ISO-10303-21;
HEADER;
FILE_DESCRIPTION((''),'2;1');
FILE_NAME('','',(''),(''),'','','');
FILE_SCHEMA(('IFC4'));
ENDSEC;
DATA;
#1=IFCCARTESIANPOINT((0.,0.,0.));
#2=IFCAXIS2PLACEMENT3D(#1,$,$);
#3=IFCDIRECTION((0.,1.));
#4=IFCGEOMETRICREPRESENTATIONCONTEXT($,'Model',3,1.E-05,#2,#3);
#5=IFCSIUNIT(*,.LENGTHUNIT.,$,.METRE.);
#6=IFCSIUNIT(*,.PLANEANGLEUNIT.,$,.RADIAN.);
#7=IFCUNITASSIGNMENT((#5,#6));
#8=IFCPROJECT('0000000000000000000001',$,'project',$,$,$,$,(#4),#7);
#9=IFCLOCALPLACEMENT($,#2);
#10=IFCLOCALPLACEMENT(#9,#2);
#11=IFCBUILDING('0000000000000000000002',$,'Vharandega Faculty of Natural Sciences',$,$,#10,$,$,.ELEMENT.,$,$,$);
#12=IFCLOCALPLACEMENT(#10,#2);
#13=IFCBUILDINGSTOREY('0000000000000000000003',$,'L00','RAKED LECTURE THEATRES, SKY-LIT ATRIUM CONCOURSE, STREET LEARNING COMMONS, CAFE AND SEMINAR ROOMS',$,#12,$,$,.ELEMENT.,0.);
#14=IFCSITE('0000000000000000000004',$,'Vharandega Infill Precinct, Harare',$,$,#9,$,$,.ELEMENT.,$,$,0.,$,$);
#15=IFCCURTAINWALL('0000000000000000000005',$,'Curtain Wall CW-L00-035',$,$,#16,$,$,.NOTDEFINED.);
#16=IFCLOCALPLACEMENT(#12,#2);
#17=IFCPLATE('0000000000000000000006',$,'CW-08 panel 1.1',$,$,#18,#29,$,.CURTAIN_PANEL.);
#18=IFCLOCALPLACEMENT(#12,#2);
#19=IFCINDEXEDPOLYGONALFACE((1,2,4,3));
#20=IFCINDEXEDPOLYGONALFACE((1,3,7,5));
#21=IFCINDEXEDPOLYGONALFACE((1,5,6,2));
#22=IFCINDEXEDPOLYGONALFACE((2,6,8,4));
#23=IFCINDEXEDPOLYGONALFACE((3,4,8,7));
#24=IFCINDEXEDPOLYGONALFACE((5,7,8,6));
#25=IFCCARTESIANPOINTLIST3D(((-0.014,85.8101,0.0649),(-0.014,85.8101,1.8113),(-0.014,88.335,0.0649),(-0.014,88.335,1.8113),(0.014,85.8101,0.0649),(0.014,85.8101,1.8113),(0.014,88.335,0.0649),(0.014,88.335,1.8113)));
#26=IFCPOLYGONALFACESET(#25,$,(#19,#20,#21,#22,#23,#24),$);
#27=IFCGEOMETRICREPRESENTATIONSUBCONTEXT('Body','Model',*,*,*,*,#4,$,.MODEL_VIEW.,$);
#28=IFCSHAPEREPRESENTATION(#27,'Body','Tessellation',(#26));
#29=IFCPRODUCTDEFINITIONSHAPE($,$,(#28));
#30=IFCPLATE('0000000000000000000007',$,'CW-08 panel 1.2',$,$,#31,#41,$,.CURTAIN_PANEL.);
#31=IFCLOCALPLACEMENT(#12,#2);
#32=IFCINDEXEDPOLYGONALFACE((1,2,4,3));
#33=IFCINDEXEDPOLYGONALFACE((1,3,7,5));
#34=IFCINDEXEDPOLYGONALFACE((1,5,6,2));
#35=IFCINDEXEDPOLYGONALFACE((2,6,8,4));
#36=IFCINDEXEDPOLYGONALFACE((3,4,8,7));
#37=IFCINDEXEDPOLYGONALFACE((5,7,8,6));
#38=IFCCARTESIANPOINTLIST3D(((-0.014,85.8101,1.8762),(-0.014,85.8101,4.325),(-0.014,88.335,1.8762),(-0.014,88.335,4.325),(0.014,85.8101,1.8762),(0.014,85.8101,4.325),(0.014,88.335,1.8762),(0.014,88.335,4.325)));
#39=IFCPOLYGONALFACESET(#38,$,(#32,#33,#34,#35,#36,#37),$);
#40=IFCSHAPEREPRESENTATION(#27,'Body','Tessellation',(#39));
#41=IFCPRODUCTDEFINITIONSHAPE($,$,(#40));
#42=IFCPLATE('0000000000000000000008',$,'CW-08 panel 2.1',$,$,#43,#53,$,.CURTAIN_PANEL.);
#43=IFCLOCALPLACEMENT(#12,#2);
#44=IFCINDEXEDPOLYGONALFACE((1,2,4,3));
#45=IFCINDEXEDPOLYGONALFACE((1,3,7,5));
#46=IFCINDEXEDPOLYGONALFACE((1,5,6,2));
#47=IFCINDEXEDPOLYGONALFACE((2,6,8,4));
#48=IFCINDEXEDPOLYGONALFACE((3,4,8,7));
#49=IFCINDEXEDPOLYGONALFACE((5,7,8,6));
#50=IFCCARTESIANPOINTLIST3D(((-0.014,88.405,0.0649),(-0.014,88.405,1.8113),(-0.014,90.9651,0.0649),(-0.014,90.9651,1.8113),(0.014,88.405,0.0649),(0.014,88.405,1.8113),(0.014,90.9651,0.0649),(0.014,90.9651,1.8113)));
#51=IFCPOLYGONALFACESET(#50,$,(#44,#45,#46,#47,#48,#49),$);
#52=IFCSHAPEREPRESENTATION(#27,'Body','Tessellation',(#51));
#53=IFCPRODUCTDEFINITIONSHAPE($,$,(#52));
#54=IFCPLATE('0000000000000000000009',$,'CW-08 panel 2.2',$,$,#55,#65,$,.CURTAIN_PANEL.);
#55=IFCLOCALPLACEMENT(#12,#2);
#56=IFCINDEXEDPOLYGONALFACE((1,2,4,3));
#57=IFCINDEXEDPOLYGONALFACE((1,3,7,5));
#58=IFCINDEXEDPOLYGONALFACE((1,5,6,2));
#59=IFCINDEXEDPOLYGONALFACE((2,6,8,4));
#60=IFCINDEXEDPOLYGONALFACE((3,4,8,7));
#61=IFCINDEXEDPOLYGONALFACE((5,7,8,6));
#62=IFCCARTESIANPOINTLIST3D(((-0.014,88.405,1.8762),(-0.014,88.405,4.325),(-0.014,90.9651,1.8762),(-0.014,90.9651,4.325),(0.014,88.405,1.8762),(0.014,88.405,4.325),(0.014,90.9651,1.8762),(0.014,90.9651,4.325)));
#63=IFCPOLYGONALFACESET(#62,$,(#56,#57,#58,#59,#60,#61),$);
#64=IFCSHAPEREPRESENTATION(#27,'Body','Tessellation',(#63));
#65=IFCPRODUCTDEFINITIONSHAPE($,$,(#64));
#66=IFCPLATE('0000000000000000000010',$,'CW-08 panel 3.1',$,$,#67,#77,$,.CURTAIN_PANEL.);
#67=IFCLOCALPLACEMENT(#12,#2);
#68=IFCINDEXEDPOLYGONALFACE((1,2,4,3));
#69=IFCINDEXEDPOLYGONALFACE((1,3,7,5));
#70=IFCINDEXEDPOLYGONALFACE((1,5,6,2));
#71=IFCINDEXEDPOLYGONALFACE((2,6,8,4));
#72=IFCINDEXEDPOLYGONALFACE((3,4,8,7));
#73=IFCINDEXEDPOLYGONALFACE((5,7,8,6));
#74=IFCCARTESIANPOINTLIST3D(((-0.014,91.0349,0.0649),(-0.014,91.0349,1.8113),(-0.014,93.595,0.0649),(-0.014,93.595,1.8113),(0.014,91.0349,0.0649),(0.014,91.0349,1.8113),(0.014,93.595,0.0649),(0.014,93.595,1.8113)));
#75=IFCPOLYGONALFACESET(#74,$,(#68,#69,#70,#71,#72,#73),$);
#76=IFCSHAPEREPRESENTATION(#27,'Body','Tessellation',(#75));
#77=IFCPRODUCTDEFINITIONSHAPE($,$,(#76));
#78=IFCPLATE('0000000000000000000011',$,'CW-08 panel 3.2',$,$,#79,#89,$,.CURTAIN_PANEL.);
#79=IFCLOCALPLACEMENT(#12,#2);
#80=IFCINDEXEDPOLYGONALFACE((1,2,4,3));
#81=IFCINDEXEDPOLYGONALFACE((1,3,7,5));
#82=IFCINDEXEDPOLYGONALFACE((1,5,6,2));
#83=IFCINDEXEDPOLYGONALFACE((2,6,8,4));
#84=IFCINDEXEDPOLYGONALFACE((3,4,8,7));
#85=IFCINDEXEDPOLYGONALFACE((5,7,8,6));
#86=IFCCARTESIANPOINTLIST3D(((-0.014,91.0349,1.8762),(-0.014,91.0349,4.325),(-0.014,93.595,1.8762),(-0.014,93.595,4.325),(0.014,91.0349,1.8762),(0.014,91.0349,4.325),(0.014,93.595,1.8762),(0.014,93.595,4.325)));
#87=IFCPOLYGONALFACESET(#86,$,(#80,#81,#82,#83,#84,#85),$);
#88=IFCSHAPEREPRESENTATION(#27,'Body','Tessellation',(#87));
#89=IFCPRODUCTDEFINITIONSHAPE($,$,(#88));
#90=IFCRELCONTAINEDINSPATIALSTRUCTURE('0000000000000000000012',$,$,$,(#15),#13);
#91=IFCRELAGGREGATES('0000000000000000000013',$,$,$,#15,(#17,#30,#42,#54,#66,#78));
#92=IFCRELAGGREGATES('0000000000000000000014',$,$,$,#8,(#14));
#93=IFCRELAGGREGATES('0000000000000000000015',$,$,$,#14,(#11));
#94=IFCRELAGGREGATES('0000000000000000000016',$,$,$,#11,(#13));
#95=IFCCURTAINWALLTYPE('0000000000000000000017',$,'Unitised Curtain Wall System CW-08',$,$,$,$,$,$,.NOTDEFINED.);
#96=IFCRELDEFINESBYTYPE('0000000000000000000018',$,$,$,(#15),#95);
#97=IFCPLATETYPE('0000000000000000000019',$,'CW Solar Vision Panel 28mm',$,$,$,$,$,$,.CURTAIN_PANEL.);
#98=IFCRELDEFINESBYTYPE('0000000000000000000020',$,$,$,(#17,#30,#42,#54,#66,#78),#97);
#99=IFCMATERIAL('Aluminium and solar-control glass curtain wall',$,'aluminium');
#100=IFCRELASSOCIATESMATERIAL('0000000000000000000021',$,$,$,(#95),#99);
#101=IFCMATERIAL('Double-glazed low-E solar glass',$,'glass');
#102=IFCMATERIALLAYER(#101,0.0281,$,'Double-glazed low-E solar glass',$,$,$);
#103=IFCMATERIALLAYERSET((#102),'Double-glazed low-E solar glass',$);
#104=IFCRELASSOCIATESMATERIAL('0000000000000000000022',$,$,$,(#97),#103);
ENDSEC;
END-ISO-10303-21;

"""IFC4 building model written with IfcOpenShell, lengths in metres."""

from ifc_helpers import new_model, si_unit, direction, frame, origin, origin_2d, place, context, subcontext, project, spatial, rectangle, extrude, material, layer, layer_set, type_object, element, aggregate, save


model = new_model("IFC4")

# Units and contexts
model_context = context("Model", 3, precision=1e-05, world=origin(), true_north=direction((0.0, 1.0)))
body_context = subcontext(model_context, "Body", "Model", "MODEL_VIEW")
ifc_project = project(units=[si_unit("LENGTHUNIT", "METRE"), si_unit("PLANEANGLEUNIT", "RADIAN")], contexts=[model_context])

# Site, building, storey
site_placement = place(None, origin())
site = spatial("IfcSite", under=ifc_project, at=site_placement, Name="Vharandega Infill Precinct, Harare", CompositionType="ELEMENT", RefElevation=0.0)
building_placement = place(site_placement, origin())
building = spatial("IfcBuilding", under=site, at=building_placement, Name="Vharandega Faculty of Natural Sciences", CompositionType="ELEMENT")
storey_placement = place(building_placement, origin())
storey = spatial("IfcBuildingStorey", under=building, at=storey_placement, Name="L00", Description="RAKED LECTURE THEATRES, SKY-LIT ATRIUM CONCOURSE, STREET LEARNING COMMONS, CAFE AND SEMINAR ROOMS", CompositionType="ELEMENT", Elevation=0.0)

# Curtain wall, plates
ifc_material_1 = material(Name="Aluminium and solar-control glass curtain wall", Category="aluminium")
curtain_wall_type = type_object("IfcCurtainWallType", Name="Unitised Curtain Wall System CW-08", PredefinedType="NOTDEFINED", material=ifc_material_1)
curtain_wall_placement = place(storey_placement, origin())
curtain_wall = element("IfcCurtainWall", 1, at=curtain_wall_placement, inside=storey, type_object=curtain_wall_type, Name="Curtain Wall CW-L00-035", PredefinedType="NOTDEFINED")
ifc_material_2 = material(Name="Double-glazed low-E solar glass", Category="glass")
ifc_layer = layer(ifc_material_2, 0.0281, Name="Double-glazed low-E solar glass")
ifc_layer_set = layer_set([ifc_layer], Name="Double-glazed low-E solar glass")
plate_type = type_object("IfcPlateType", Name="CW Solar Vision Panel 28mm", PredefinedType="CURTAIN_PANEL", material=ifc_layer_set)
plate_1_placement = place(storey_placement, frame((0.0, 87.0725, 0.0649), z_axis=(0.0, 0.0, 1.0), x_axis=(0.0, 1.0, 0.0)))
plate_1 = element("IfcPlate", 2, at=plate_1_placement, type_object=plate_type, Name="CW-08 panel 1.1", PredefinedType="CURTAIN_PANEL", context=body_context, shape_type="SweptSolid", body=[
    extrude(rectangle(XDim=2.5249, YDim=0.0281, at=origin_2d()), origin(), (0.0, 0.0, 1.0), 1.7463),
])
plate_2_placement = place(storey_placement, frame((0.0, 87.0725, 1.8762), z_axis=(0.0, 0.0, 1.0), x_axis=(0.0, 1.0, 0.0)))
plate_2 = element("IfcPlate", 3, at=plate_2_placement, type_object=plate_type, Name="CW-08 panel 1.2", PredefinedType="CURTAIN_PANEL", context=body_context, shape_type="SweptSolid", body=[
    extrude(rectangle(XDim=2.5249, YDim=0.0281, at=origin_2d()), origin(), (0.0, 0.0, 1.0), 2.4487),
])
plate_3_placement = place(storey_placement, frame((0.0, 89.6851, 0.0649), z_axis=(0.0, 0.0, 1.0), x_axis=(0.0, 1.0, 0.0)))
plate_3 = element("IfcPlate", 4, at=plate_3_placement, type_object=plate_type, Name="CW-08 panel 2.1", PredefinedType="CURTAIN_PANEL", context=body_context, shape_type="SweptSolid", body=[
    extrude(rectangle(XDim=2.5601, YDim=0.0281, at=origin_2d()), origin(), (0.0, 0.0, 1.0), 1.7463),
])
plate_4_placement = place(storey_placement, frame((0.0, 89.6851, 1.8762), z_axis=(0.0, 0.0, 1.0), x_axis=(0.0, 1.0, 0.0)))
plate_4 = element("IfcPlate", 5, at=plate_4_placement, type_object=plate_type, Name="CW-08 panel 2.2", PredefinedType="CURTAIN_PANEL", context=body_context, shape_type="SweptSolid", body=[
    extrude(rectangle(XDim=2.5601, YDim=0.0281, at=origin_2d()), origin(), (0.0, 0.0, 1.0), 2.4487),
])
plate_5_placement = place(storey_placement, frame((0.0, 92.3149, 0.0649), z_axis=(0.0, 0.0, 1.0), x_axis=(0.0, 1.0, 0.0)))
plate_5 = element("IfcPlate", 6, at=plate_5_placement, type_object=plate_type, Name="CW-08 panel 3.1", PredefinedType="CURTAIN_PANEL", context=body_context, shape_type="SweptSolid", body=[
    extrude(rectangle(XDim=2.5601, YDim=0.0281, at=origin_2d()), origin(), (0.0, 0.0, 1.0), 1.7463),
])
plate_6_placement = place(storey_placement, frame((0.0, 92.3149, 1.8762), z_axis=(0.0, 0.0, 1.0), x_axis=(0.0, 1.0, 0.0)))
plate_6 = element("IfcPlate", 7, at=plate_6_placement, type_object=plate_type, Name="CW-08 panel 3.2", PredefinedType="CURTAIN_PANEL", context=body_context, shape_type="SweptSolid", body=[
    extrude(rectangle(XDim=2.5601, YDim=0.0281, at=origin_2d()), origin(), (0.0, 0.0, 1.0), 2.4487),
])
aggregate(curtain_wall, [plate_1, plate_2, plate_3, plate_4, plate_5, plate_6])

save(model, "model.ifc")
